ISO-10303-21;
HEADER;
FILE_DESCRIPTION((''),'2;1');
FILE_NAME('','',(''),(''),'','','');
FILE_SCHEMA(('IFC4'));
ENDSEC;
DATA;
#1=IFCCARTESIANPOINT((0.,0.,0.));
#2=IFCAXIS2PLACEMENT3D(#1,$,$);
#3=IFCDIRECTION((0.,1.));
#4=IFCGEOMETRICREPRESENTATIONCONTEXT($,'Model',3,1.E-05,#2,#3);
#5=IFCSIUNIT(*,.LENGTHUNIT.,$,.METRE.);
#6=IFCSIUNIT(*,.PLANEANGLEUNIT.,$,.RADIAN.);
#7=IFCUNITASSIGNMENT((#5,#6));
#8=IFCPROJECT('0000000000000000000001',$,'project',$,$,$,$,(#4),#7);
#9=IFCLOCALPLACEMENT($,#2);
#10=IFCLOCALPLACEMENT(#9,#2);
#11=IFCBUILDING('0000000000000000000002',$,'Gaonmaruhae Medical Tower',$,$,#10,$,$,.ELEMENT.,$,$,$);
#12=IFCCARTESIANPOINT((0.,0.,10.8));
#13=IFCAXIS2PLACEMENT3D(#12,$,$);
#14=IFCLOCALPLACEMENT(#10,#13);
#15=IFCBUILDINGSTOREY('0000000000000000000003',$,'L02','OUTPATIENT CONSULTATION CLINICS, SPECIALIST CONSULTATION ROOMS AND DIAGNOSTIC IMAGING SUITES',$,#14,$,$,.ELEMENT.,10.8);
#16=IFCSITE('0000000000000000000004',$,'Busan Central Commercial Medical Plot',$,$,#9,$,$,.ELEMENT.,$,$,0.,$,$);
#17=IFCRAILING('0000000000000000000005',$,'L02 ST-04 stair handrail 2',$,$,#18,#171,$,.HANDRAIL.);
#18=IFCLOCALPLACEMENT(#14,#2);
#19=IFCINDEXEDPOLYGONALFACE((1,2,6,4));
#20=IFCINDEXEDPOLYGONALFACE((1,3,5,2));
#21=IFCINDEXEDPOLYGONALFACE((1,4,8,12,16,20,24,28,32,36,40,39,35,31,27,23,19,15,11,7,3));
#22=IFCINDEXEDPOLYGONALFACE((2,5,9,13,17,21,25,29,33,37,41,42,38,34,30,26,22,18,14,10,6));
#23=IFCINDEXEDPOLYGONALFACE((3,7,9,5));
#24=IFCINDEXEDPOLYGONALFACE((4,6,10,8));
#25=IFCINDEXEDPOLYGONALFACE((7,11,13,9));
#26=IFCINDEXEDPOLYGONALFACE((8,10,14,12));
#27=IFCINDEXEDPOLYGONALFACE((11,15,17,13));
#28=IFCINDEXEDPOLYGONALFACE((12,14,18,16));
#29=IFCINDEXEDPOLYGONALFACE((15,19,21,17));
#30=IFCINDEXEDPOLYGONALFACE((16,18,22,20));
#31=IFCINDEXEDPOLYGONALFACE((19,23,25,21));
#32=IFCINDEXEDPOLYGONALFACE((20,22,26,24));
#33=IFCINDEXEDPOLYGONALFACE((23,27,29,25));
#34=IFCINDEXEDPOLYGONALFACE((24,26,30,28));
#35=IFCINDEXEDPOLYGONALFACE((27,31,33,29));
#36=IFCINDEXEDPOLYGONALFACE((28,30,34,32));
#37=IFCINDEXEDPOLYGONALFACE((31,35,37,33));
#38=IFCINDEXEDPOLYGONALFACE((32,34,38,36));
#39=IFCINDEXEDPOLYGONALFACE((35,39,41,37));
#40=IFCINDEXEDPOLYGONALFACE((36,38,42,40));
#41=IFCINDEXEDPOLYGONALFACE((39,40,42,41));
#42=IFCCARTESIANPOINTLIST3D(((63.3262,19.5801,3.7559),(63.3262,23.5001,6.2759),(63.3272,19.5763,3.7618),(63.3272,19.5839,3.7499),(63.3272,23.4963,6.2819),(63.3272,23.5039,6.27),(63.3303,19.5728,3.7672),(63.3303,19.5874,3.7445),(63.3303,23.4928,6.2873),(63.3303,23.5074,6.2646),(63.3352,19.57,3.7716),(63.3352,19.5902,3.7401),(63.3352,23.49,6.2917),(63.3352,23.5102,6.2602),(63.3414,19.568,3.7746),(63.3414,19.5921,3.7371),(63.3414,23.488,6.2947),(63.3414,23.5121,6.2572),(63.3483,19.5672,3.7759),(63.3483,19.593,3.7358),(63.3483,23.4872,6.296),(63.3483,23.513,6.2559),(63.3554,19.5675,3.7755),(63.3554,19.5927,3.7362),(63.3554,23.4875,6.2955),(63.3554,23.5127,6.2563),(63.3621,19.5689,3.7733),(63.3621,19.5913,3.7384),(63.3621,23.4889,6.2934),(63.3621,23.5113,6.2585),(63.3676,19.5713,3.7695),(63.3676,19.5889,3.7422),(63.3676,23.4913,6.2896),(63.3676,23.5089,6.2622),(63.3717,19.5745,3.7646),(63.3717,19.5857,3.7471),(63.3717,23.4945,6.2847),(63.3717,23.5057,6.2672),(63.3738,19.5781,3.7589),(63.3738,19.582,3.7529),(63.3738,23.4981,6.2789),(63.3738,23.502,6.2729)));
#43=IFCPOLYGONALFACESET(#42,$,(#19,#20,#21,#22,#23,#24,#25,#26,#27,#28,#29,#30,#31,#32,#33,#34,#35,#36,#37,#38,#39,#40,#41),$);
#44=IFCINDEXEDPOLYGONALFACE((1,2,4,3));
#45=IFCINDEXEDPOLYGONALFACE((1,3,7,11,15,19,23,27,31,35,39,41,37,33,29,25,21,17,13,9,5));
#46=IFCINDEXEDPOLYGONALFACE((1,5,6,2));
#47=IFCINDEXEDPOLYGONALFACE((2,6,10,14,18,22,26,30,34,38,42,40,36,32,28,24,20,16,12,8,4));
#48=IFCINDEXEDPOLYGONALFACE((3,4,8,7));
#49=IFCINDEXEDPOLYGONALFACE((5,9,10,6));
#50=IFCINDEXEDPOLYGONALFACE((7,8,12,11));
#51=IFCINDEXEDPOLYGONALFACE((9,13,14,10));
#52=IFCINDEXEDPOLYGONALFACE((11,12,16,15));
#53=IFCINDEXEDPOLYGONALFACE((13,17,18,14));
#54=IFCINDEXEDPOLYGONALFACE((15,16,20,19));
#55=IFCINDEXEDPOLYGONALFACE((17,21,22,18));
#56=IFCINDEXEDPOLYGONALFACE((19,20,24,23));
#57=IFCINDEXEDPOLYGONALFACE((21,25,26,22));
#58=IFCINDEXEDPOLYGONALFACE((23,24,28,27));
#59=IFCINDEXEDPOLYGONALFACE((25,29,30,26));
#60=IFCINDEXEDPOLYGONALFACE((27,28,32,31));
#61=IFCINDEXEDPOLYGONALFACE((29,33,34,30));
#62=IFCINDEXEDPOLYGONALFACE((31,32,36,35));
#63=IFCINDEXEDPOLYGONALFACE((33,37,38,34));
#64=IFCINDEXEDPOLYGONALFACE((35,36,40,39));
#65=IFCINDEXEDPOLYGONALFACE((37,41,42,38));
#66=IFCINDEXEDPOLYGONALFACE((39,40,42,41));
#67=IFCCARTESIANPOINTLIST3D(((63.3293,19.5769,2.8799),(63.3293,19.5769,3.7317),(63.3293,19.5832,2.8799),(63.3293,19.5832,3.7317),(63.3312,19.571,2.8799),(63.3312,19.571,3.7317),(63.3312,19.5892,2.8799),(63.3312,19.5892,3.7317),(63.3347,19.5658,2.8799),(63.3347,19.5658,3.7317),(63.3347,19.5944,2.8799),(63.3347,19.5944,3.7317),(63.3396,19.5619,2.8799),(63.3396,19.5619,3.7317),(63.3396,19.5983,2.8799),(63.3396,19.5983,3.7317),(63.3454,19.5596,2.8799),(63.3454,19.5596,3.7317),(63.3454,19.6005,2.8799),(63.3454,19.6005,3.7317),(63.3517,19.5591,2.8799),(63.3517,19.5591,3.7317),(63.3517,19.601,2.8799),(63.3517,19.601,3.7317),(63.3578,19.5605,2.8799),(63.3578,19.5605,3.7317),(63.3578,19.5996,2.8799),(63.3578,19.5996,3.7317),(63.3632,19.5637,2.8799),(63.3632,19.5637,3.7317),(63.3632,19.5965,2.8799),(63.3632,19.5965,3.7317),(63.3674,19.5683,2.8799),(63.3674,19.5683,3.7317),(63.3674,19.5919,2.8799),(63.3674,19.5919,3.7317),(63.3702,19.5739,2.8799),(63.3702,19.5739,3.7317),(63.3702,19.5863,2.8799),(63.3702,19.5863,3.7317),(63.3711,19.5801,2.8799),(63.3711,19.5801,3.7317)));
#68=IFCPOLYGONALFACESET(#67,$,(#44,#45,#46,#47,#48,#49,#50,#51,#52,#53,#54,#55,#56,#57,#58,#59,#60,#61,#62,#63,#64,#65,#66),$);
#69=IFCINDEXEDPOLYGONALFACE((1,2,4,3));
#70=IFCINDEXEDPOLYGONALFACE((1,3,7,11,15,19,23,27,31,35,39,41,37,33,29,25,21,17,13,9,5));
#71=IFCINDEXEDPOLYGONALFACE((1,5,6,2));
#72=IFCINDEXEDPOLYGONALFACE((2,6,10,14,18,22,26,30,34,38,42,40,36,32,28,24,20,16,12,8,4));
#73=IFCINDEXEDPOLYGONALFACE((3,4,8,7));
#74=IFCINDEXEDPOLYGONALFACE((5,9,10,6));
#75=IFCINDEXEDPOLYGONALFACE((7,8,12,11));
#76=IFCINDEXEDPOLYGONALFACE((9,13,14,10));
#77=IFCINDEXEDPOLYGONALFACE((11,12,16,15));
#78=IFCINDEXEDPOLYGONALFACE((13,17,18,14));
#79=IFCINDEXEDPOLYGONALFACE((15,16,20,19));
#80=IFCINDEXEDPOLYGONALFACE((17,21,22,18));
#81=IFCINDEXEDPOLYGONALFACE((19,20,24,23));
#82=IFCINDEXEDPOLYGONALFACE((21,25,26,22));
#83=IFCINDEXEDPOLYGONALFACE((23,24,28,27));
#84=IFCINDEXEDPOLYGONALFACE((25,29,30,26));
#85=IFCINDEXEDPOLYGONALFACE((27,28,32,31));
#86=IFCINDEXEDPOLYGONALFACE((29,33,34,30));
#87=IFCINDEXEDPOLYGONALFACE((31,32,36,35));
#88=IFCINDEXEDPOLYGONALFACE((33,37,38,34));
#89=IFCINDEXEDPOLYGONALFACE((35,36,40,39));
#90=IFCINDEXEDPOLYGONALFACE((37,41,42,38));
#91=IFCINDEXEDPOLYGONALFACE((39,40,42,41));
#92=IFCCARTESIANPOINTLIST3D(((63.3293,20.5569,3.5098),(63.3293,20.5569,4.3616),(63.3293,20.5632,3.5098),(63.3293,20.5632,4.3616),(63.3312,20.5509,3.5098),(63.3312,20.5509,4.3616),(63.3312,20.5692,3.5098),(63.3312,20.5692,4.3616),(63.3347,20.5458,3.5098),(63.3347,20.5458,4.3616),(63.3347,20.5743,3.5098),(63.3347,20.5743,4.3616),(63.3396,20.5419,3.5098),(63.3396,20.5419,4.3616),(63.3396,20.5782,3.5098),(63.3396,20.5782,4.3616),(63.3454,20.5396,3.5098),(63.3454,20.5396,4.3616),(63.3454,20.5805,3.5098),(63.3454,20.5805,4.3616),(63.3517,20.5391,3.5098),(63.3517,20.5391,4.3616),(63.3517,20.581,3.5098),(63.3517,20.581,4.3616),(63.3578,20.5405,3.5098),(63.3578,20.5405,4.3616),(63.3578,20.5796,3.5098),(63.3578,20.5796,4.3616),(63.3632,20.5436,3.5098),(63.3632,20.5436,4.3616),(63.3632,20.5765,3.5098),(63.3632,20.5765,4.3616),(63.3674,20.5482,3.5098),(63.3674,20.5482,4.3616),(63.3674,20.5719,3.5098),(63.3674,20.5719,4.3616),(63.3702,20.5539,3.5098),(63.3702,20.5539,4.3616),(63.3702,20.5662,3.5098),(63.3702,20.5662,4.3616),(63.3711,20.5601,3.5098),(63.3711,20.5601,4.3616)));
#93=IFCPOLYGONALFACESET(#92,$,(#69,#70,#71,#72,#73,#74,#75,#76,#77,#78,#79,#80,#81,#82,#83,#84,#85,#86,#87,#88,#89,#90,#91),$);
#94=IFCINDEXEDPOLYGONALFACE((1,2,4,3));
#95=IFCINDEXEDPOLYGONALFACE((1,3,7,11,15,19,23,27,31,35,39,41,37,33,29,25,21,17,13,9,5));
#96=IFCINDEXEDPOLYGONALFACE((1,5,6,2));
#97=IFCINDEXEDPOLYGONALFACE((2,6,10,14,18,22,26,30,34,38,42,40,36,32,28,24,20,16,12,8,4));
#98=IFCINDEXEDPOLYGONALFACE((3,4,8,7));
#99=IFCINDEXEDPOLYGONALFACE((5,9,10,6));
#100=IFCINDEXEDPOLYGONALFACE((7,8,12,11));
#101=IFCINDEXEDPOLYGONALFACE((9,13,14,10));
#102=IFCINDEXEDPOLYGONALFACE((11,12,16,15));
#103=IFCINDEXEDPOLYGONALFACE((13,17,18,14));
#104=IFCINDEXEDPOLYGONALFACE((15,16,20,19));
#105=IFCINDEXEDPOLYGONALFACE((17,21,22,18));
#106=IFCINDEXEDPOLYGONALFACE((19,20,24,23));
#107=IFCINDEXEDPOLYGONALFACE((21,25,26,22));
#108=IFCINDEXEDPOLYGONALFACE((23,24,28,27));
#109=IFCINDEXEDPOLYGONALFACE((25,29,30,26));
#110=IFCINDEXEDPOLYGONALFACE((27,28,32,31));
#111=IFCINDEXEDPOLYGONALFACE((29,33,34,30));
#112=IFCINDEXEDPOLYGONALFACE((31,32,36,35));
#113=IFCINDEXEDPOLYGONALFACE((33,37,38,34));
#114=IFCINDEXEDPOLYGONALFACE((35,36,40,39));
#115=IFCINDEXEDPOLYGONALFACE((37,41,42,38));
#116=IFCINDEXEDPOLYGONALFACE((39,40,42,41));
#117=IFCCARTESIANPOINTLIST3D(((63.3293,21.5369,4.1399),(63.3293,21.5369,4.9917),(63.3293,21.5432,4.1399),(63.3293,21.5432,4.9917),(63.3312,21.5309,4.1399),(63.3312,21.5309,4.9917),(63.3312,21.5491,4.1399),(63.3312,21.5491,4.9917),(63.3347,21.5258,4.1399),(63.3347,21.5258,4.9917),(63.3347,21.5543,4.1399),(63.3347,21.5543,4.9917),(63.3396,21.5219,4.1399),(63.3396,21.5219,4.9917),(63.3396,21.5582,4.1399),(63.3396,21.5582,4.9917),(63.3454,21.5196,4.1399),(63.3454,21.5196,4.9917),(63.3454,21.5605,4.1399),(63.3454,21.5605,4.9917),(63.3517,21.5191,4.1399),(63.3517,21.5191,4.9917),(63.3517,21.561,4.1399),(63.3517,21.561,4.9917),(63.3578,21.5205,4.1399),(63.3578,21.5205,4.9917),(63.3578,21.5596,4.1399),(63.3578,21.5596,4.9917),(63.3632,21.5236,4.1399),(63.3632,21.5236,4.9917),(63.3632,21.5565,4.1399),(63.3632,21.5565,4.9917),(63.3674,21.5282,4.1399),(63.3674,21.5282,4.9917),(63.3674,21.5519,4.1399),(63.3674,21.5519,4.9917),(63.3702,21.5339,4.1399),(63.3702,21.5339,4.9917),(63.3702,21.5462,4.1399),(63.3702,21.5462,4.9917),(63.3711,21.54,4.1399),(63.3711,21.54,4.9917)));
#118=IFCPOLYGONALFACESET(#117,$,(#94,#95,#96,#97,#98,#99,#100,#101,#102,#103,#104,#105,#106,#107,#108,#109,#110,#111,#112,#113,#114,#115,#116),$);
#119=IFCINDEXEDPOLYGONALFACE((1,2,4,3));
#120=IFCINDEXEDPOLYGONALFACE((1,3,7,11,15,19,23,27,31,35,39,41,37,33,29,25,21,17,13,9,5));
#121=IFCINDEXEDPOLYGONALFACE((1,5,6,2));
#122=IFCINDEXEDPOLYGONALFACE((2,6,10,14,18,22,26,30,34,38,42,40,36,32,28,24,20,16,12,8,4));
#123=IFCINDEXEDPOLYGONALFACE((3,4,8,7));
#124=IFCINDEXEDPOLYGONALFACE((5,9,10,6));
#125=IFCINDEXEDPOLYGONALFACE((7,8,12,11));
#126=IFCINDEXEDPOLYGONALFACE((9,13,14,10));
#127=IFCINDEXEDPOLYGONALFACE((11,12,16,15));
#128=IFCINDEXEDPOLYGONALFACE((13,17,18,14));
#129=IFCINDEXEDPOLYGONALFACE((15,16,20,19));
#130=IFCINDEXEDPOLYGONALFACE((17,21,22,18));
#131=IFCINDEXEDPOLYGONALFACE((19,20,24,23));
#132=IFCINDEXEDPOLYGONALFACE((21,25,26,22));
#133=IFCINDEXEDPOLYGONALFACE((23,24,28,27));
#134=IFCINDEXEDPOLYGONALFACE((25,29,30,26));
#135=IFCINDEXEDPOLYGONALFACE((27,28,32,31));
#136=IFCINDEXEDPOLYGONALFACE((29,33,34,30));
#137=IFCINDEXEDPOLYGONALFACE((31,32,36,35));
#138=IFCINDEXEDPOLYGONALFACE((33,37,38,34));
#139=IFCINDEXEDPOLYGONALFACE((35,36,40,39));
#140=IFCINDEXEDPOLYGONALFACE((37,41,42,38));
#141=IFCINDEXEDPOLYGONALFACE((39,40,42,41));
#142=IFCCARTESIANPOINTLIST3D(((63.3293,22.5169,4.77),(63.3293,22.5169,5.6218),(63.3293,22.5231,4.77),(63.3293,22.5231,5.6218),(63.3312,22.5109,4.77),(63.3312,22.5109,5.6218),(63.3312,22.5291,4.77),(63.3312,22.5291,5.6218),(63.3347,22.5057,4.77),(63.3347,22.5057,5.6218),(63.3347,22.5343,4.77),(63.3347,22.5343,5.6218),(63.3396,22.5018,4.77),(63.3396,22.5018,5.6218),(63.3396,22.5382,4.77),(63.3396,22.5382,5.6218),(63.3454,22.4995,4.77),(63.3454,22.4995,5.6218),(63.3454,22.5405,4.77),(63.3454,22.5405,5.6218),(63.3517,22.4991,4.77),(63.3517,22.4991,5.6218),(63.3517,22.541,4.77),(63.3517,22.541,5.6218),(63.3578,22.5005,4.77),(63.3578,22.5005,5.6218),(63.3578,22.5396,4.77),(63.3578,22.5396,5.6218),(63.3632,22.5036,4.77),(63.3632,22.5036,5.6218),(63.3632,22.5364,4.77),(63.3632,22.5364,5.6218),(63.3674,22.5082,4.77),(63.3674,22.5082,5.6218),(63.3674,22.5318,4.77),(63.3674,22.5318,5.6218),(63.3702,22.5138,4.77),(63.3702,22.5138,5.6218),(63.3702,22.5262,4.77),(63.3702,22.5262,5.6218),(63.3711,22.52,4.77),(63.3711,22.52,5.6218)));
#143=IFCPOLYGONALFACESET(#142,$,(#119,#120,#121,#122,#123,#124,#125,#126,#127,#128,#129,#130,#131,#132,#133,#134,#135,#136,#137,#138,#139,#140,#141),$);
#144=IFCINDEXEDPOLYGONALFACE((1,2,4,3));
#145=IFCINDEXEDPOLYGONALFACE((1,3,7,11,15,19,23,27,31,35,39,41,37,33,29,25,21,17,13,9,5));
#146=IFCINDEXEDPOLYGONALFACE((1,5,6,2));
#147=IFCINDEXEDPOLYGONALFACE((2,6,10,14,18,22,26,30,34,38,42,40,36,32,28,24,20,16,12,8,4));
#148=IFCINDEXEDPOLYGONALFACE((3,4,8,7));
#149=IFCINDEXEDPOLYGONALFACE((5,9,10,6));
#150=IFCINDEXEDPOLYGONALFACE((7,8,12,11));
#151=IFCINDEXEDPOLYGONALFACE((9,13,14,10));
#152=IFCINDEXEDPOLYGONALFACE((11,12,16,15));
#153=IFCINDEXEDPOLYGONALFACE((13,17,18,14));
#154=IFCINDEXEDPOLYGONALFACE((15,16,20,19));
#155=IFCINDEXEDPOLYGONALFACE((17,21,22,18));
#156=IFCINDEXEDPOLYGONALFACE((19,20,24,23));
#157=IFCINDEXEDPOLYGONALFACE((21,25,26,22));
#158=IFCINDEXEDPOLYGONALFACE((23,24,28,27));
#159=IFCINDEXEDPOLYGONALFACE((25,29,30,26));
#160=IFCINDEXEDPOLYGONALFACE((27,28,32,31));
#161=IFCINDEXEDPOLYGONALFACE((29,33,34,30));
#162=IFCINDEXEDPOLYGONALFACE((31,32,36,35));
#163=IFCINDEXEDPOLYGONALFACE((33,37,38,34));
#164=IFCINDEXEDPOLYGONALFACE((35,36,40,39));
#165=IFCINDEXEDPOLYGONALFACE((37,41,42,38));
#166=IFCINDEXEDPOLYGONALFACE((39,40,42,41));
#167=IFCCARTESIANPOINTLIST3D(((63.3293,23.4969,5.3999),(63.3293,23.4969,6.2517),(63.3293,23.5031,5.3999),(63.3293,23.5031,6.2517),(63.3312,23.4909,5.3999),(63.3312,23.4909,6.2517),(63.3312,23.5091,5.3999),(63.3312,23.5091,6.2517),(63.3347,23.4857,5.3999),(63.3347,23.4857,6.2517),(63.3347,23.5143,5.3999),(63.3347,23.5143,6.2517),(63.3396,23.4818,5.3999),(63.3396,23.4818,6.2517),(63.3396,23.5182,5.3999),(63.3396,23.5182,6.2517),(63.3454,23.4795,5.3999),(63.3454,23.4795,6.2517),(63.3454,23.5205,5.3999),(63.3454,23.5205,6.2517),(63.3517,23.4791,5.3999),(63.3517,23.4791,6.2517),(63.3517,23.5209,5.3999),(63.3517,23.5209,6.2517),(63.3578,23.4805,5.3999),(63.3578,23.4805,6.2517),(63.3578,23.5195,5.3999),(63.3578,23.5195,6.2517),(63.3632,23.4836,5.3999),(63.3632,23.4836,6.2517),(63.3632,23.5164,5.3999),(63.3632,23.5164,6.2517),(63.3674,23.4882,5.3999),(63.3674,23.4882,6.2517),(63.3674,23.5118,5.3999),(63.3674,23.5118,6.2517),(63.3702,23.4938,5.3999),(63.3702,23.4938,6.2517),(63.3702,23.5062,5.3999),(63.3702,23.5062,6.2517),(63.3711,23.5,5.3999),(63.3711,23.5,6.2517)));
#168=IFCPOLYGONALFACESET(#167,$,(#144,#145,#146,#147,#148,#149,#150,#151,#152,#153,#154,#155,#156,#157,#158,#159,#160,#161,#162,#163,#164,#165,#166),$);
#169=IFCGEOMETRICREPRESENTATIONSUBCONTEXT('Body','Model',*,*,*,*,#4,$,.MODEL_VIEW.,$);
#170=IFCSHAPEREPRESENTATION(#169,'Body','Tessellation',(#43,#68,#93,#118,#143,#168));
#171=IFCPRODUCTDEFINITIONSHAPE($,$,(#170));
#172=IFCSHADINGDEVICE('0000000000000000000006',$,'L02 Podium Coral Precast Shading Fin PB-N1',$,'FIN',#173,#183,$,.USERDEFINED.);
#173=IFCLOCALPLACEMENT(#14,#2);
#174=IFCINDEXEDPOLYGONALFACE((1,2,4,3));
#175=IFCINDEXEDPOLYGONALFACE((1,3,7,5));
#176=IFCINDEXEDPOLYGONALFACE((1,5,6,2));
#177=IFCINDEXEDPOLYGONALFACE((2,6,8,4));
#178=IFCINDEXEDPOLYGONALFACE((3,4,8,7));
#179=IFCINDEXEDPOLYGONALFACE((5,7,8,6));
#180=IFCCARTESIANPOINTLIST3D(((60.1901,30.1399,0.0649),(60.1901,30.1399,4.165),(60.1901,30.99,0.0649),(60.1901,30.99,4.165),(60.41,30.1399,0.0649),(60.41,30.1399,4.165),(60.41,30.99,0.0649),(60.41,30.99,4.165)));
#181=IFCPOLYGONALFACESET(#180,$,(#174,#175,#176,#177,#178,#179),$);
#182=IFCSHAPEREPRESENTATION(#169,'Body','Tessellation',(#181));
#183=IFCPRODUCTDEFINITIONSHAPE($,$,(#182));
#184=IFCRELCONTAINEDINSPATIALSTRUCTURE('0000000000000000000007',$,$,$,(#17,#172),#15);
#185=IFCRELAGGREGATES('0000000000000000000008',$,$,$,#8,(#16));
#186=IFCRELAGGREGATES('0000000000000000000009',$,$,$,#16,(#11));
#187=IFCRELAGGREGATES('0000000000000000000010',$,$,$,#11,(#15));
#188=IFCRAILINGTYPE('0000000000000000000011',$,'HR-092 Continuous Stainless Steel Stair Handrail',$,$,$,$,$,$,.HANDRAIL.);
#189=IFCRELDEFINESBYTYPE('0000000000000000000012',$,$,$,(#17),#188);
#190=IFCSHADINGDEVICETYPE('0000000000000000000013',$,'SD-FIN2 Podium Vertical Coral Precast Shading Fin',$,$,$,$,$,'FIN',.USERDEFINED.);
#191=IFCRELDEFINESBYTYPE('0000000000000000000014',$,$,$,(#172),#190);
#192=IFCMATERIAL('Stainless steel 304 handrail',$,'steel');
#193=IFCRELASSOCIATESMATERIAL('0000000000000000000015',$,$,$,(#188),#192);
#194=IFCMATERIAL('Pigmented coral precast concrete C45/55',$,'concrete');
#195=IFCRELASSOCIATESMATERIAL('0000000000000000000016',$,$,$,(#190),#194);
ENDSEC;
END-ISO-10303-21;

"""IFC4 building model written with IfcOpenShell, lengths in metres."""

from ifc_helpers import new_model, si_unit, direction, frame, origin, origin_2d, place, context, subcontext, project, spatial, rectangle, circle, extrude, material, type_object, element, save


model = new_model("IFC4")

# Units and contexts
model_context = context("Model", 3, precision=1e-05, world=origin(), true_north=direction((0.0, 1.0)))
body_context = subcontext(model_context, "Body", "Model", "MODEL_VIEW")
ifc_project = project(units=[si_unit("LENGTHUNIT", "METRE"), si_unit("PLANEANGLEUNIT", "RADIAN")], contexts=[model_context])

# Site, building, storey
site_placement = place(None, origin())
site = spatial("IfcSite", under=ifc_project, at=site_placement, Name="Busan Central Commercial Medical Plot", CompositionType="ELEMENT", RefElevation=0.0)
building_placement = place(site_placement, origin())
building = spatial("IfcBuilding", under=site, at=building_placement, Name="Gaonmaruhae Medical Tower", CompositionType="ELEMENT")
storey_placement = place(building_placement, frame((0.0, 0.0, 10.8)))
storey = spatial("IfcBuildingStorey", under=building, at=storey_placement, Name="L02", Description="OUTPATIENT CONSULTATION CLINICS, SPECIALIST CONSULTATION ROOMS AND DIAGNOSTIC IMAGING SUITES", CompositionType="ELEMENT", Elevation=10.8)

# Railing
ifc_material_1 = material(Name="Stainless steel 304 handrail", Category="steel")
railing_type_1 = type_object("IfcRailingType", Name="HR-092 Continuous Stainless Steel Stair Handrail", PredefinedType="HANDRAIL", material=ifc_material_1)
railing_1_placement = place(storey_placement, frame((63.3501, 19.5801, 2.8799)))
element("IfcRailing", 1, at=railing_1_placement, inside=storey, type_object=railing_type_1, Name="L02 ST-04 stair handrail 2", PredefinedType="HANDRAIL", context=body_context, shape_type="SweptSolid", body=[
    extrude(circle(Radius=0.0239, at=origin_2d()), frame((0.0, 0.0, 0.876), z_axis=(0.0, 0.841172, 0.540768), x_axis=(-1.0, 0.0, 0.0)), (0.0, 0.0, 1.0), 4.6602),
    extrude(circle(Radius=0.021, at=origin_2d()), origin(), (0.0, 0.0, 1.0), 0.8518),
    extrude(circle(Radius=0.021, at=origin_2d()), frame((0.0, 0.98, 0.6299)), (0.0, 0.0, 1.0), 0.8518),
    extrude(circle(Radius=0.021, at=origin_2d()), frame((0.0, 1.96, 1.26)), (0.0, 0.0, 1.0), 0.8518),
    extrude(circle(Radius=0.021, at=origin_2d()), frame((0.0, 2.9399, 1.8901)), (0.0, 0.0, 1.0), 0.8518),
    extrude(circle(Radius=0.021, at=origin_2d()), frame((0.0, 3.9199, 2.52)), (0.0, 0.0, 1.0), 0.8518),
])

# Shading device
ifc_material_2 = material(Name="Pigmented coral precast concrete C45/55", Category="concrete")
shading_device_type = type_object("IfcShadingDeviceType", Name="SD-FIN2 Podium Vertical Coral Precast Shading Fin", ElementType="FIN", PredefinedType="USERDEFINED", material=ifc_material_2)
shading_device_placement = place(storey_placement, frame((60.3, 30.5649, 0.0649), z_axis=(0.0, 0.0, 1.0), x_axis=(1.0, 0.0, 0.0)))
element("IfcShadingDevice", 2, at=shading_device_placement, inside=storey, type_object=shading_device_type, Name="L02 Podium Coral Precast Shading Fin PB-N1", ObjectType="FIN", PredefinedType="USERDEFINED", context=body_context, shape_type="SweptSolid", body=[
    extrude(rectangle(XDim=0.22, YDim=0.8501, at=origin_2d()), origin(), (0.0, 0.0, 1.0), 4.1001),
])

save(model, "model.ifc")
